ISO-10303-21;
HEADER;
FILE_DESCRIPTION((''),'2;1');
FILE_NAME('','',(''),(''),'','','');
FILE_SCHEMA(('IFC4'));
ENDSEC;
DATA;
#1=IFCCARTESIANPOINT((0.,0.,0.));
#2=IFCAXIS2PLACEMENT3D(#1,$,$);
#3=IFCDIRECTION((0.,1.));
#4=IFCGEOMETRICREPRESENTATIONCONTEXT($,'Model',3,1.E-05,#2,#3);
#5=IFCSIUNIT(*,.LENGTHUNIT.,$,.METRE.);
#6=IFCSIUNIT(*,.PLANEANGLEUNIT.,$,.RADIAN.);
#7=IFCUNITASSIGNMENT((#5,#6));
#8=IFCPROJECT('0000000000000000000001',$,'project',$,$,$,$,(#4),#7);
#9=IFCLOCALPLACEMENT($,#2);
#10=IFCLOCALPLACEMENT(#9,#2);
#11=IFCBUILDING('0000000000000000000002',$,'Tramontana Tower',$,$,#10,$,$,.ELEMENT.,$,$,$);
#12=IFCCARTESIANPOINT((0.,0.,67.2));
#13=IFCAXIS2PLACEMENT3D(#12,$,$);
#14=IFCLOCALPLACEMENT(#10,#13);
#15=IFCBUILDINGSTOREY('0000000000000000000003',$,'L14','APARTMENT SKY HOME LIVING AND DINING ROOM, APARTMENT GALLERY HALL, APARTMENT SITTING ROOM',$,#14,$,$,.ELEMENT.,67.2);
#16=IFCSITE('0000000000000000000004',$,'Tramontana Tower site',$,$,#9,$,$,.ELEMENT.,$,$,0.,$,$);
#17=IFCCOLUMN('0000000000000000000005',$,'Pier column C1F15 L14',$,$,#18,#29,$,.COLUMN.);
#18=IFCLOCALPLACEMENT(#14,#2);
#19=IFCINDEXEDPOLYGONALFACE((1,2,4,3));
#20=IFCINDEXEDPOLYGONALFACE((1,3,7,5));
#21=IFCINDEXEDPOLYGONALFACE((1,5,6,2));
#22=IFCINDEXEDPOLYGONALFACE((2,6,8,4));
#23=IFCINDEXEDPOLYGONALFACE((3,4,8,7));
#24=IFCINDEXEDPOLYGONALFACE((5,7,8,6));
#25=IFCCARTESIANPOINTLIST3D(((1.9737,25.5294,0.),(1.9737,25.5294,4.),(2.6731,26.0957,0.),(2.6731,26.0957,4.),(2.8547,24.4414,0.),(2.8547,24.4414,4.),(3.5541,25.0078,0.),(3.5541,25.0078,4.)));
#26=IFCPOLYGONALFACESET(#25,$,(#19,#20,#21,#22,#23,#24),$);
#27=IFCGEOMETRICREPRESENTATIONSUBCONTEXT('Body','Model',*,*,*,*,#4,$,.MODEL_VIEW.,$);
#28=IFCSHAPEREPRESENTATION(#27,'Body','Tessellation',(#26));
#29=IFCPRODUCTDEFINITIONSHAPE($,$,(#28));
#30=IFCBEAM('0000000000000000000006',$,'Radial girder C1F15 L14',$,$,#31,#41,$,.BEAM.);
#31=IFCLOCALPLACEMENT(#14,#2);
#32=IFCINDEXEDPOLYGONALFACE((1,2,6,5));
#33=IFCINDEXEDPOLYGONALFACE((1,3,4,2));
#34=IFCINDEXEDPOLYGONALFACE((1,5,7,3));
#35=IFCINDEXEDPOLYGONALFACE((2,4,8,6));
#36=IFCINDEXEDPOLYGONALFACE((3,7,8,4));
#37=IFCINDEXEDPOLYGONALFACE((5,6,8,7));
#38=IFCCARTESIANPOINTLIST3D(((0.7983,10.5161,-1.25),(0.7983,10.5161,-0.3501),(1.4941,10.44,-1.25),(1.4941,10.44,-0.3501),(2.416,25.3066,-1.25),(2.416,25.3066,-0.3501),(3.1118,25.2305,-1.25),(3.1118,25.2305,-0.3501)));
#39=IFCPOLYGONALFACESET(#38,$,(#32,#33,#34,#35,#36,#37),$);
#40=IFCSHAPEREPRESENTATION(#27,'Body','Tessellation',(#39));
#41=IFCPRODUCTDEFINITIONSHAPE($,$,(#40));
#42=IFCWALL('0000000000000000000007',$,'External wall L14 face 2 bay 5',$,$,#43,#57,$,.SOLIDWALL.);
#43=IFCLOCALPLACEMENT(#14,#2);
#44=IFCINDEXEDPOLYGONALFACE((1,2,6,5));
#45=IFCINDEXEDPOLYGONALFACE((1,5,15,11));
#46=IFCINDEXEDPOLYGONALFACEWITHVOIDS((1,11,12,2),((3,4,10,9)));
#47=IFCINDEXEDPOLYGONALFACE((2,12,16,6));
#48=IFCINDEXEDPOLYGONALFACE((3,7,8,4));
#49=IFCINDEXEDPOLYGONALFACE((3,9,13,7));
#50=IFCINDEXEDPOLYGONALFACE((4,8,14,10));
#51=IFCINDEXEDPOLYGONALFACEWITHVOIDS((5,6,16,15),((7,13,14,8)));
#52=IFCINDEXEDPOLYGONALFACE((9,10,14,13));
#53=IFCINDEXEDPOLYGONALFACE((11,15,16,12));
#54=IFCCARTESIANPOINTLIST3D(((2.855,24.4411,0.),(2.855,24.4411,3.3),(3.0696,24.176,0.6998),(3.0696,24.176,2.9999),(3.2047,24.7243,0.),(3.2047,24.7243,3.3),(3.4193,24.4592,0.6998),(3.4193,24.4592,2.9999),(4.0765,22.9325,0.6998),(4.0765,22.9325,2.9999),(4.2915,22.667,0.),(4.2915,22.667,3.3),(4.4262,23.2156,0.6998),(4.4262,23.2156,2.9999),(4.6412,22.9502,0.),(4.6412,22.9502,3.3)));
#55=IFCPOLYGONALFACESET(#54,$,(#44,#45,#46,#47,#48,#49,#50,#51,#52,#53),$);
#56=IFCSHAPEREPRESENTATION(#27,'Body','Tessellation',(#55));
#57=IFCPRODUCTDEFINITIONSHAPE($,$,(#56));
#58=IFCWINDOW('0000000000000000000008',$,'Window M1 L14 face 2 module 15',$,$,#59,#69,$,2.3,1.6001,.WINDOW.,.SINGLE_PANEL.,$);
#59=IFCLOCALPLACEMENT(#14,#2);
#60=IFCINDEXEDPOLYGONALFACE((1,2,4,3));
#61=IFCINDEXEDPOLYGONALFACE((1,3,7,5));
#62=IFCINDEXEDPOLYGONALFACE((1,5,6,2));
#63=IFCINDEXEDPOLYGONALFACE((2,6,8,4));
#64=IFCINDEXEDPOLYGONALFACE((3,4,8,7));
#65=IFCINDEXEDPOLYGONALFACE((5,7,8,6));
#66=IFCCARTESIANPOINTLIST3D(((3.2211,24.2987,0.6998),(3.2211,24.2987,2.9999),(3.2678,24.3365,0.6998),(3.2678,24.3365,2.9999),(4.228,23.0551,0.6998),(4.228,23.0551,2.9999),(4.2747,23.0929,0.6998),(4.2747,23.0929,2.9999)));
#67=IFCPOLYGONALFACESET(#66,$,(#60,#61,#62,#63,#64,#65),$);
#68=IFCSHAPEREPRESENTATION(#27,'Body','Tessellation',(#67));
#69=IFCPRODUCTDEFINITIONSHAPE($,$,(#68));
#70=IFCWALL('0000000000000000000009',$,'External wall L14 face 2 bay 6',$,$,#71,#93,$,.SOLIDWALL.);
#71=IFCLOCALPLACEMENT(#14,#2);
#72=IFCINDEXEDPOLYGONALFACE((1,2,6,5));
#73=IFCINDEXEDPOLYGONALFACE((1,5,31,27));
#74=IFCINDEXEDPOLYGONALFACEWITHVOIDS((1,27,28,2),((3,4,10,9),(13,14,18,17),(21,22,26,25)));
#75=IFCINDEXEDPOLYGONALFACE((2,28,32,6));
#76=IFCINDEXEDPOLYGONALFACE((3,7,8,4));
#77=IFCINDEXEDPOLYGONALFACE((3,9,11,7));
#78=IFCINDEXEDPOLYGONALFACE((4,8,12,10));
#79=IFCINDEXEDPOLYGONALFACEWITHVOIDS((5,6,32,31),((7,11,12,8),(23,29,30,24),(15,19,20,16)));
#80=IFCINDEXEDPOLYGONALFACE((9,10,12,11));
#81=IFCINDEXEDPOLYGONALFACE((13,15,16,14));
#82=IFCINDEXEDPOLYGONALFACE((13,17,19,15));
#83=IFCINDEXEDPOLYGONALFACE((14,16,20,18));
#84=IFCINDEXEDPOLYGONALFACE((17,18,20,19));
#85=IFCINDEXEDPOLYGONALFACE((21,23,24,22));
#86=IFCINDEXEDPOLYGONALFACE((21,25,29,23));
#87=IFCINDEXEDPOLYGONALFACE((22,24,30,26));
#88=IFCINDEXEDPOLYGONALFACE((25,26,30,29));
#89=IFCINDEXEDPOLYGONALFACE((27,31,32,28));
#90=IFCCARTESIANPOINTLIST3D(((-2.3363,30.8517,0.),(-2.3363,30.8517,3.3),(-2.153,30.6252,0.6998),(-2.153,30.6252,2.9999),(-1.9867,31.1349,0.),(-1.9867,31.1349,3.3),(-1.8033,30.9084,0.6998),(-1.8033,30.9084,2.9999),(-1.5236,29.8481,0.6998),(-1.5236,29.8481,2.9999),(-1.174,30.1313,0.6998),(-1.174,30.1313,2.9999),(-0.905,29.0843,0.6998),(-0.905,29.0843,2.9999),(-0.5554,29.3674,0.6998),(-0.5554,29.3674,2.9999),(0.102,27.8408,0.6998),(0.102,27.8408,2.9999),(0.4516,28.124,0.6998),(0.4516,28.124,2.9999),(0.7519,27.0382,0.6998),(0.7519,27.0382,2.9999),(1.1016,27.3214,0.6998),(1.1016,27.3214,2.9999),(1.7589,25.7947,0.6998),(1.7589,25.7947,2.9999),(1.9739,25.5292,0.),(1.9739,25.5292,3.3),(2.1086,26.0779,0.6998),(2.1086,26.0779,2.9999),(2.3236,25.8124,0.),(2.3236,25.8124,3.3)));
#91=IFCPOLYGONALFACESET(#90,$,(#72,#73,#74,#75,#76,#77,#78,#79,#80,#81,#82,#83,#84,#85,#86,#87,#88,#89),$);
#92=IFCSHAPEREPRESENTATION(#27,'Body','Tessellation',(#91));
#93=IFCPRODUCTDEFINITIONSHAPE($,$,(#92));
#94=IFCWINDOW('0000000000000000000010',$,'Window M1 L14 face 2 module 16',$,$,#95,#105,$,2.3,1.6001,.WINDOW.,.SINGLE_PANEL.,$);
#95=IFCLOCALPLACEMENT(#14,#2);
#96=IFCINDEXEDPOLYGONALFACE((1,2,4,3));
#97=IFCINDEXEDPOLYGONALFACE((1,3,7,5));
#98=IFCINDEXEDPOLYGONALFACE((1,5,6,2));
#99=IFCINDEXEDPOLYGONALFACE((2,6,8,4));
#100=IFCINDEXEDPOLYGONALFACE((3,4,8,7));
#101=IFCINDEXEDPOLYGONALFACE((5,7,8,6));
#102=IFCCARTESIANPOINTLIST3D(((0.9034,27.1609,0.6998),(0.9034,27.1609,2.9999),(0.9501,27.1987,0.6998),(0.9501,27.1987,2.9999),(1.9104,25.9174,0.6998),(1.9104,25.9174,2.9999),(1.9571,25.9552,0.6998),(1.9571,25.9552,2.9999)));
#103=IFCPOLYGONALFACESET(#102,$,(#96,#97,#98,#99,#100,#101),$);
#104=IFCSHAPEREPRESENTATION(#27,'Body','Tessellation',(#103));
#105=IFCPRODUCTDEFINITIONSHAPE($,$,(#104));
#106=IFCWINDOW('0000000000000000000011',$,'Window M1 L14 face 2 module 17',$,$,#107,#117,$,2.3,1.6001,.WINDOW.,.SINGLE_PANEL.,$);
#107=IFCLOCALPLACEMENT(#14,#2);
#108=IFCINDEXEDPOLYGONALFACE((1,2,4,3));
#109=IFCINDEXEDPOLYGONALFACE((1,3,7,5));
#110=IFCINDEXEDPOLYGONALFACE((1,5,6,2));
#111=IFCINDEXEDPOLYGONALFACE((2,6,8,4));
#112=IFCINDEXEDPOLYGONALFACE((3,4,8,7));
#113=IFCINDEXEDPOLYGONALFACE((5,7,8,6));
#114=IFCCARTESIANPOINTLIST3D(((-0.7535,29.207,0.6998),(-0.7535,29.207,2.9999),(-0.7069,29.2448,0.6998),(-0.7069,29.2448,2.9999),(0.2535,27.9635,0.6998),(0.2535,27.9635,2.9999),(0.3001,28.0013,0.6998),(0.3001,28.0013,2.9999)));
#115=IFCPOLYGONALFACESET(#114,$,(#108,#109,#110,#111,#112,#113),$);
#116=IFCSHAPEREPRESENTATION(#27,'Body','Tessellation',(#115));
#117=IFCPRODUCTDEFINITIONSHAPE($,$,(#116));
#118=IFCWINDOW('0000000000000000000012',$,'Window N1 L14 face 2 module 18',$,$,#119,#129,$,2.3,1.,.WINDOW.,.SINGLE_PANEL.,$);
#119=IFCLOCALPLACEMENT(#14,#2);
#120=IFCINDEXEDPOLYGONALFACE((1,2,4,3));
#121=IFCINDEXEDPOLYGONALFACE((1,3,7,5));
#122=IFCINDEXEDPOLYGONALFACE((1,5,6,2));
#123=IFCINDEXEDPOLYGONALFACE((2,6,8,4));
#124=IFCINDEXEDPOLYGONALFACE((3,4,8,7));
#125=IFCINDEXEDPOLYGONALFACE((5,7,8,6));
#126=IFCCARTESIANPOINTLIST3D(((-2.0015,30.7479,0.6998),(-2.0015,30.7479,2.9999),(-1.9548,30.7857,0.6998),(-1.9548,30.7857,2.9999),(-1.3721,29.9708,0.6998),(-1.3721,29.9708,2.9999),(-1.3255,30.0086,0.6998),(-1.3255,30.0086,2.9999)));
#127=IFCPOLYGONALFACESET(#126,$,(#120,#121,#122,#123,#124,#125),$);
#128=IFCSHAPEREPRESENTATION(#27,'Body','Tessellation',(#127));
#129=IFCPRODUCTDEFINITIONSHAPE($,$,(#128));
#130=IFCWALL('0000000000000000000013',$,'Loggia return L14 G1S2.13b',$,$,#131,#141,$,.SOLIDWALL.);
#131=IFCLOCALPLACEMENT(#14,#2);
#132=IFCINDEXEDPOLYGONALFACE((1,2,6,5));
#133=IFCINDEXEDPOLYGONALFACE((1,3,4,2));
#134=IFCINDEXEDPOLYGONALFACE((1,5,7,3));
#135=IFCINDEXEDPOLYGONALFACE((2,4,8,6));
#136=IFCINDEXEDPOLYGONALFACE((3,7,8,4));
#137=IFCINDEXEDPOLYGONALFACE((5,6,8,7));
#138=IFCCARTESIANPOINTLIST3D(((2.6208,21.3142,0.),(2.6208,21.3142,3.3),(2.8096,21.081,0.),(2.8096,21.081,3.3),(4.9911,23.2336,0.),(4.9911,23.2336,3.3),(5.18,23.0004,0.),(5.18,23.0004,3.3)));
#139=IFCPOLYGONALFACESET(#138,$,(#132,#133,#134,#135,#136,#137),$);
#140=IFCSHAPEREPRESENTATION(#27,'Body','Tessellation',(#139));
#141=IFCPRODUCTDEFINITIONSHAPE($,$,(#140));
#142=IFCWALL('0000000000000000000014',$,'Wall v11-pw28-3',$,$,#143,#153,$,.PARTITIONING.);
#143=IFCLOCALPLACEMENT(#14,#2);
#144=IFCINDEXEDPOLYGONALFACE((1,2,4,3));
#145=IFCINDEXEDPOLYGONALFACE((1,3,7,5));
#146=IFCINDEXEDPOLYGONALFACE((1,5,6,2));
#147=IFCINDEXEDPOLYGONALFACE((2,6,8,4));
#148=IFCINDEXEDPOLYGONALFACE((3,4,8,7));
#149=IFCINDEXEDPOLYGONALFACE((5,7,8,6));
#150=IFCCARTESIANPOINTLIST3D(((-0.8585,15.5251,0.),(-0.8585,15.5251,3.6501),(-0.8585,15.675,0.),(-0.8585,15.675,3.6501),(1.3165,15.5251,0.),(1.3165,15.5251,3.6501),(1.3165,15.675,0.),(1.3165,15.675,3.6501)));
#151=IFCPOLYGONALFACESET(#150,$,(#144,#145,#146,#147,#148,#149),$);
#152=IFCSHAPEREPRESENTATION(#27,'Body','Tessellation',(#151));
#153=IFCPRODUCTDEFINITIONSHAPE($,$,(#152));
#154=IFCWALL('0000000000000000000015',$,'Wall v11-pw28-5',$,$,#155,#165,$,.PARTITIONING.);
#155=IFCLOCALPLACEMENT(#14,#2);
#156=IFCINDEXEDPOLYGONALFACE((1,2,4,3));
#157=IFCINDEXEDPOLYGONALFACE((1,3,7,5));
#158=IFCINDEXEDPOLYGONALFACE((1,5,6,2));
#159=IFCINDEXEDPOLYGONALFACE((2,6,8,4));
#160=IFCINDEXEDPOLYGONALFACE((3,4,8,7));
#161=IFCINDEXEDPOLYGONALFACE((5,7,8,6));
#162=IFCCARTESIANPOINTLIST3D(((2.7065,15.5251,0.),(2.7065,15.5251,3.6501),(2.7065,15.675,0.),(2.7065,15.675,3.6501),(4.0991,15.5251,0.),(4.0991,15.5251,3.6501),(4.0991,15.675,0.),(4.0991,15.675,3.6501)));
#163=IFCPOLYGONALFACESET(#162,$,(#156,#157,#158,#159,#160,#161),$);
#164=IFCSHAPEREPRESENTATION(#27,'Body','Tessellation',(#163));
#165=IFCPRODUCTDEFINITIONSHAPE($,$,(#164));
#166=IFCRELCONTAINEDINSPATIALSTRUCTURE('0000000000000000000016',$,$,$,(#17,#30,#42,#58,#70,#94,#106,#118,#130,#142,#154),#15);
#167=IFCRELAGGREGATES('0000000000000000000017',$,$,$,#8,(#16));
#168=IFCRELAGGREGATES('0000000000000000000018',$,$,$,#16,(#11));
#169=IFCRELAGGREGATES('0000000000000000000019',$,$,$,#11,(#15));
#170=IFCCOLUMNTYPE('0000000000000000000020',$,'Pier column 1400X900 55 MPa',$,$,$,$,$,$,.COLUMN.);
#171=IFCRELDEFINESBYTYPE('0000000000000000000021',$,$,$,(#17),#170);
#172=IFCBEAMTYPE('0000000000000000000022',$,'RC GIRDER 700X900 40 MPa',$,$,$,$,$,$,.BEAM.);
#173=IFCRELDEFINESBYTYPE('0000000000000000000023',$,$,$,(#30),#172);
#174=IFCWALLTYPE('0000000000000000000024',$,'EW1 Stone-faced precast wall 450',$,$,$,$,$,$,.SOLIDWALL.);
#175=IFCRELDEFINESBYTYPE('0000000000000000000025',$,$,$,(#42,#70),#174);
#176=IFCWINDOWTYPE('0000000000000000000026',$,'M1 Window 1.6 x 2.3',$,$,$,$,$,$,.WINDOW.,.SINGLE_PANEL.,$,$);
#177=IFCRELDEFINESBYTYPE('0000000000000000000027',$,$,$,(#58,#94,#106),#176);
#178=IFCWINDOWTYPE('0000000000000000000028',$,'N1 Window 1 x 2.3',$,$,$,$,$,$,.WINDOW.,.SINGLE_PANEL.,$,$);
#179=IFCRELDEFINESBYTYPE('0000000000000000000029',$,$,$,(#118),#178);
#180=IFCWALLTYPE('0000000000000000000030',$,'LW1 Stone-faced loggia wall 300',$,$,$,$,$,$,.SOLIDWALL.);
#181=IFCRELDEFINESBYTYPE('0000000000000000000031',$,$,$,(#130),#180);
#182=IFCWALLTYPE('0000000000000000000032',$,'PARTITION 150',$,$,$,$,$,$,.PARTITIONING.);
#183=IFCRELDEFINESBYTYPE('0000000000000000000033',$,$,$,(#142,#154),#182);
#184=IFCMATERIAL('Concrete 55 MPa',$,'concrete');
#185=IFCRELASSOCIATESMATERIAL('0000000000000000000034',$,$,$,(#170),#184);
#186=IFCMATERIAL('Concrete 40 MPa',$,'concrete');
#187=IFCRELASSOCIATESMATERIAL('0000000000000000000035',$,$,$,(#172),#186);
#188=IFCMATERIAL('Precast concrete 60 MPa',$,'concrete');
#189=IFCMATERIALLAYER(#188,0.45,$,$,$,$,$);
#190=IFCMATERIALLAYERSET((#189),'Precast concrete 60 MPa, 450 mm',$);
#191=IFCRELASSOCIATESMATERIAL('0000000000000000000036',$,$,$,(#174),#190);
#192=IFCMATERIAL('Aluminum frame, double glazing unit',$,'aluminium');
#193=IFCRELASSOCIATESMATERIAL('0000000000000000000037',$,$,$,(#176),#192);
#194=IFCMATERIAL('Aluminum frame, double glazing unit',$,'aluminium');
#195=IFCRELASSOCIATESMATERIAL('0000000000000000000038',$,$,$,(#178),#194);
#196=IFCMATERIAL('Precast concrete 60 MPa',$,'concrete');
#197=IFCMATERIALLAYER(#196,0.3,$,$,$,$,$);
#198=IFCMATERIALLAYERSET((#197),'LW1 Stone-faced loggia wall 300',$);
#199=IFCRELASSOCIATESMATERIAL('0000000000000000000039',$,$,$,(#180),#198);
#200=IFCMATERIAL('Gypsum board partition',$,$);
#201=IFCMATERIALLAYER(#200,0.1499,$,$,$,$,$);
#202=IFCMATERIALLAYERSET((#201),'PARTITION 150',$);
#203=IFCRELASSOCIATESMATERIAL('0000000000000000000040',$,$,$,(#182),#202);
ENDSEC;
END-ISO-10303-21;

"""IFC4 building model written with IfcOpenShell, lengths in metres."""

from ifc_helpers import new_model, si_unit, direction, frame, frame_2d, origin, origin_2d, place, context, subcontext, project, spatial, rectangle, extrude, material, layer, layer_set, material_profile, profile_set, type_object, element, fill, save


model = new_model("IFC4")

# Units and contexts
model_context = context("Model", 3, precision=1e-05, world=origin(), true_north=direction((0.0, 1.0)))
body_context = subcontext(model_context, "Body", "Model", "MODEL_VIEW")
ifc_project = project(units=[si_unit("LENGTHUNIT", "METRE"), si_unit("PLANEANGLEUNIT", "RADIAN")], contexts=[model_context])

# Site, building, storey
site_placement = place(None, origin())
site = spatial("IfcSite", under=ifc_project, at=site_placement, Name="Tramontana Tower site", CompositionType="ELEMENT", RefElevation=0.0)
building_placement = place(site_placement, origin())
building = spatial("IfcBuilding", under=site, at=building_placement, Name="Tramontana Tower", CompositionType="ELEMENT")
storey_placement = place(building_placement, frame((0.0, 0.0, 67.2)))
storey = spatial("IfcBuildingStorey", under=building, at=storey_placement, Name="L14", Description="APARTMENT SKY HOME LIVING AND DINING ROOM, APARTMENT GALLERY HALL, APARTMENT SITTING ROOM", CompositionType="ELEMENT", Elevation=67.2)

# Column
ifc_material_1 = material(Name="Concrete 55 MPa", Category="concrete")
ifc_material_profile_1 = material_profile(ifc_material_1, rectangle(XDim=1.3999, YDim=0.8999, at=origin_2d()), Name="Pier column 1400X900 55 MPa")
ifc_profile_set_1 = profile_set([ifc_material_profile_1], Name="Concrete 55 MPa")
column_type = type_object("IfcColumnType", Name="Pier column 1400X900 55 MPa", PredefinedType="COLUMN", material=ifc_profile_set_1)
column_placement = place(storey_placement, frame((2.7639, 25.2686, 0.0), z_axis=(0.0, 0.0, 1.0), x_axis=(-0.62932, 0.777146, 0.0)))
element("IfcColumn", 1, at=column_placement, inside=storey, type_object=column_type, Name="Pier column C1F15 L14", PredefinedType="COLUMN", context=body_context, shape_type="SweptSolid", body=[
    extrude(rectangle(XDim=1.3999, YDim=0.8999, at=origin_2d()), origin(), (0.0, 0.0, 1.0), 4.0),
])

# Beam
ifc_material_2 = material(Name="Concrete 40 MPa", Category="concrete")
ifc_material_profile_2 = material_profile(ifc_material_2, rectangle(XDim=0.7, YDim=0.8999, at=origin_2d()), Name="RC GIRDER 700X900 40 MPa")
ifc_profile_set_2 = profile_set([ifc_material_profile_2], Name="Concrete 40 MPa")
beam_type = type_object("IfcBeamType", Name="RC GIRDER 700X900 40 MPa", PredefinedType="BEAM", material=ifc_profile_set_2)
beam_placement = place(storey_placement, frame((2.7639, 25.2686, -0.8), z_axis=(-0.108724, -0.994072, 0.0), x_axis=(0.994072, -0.108724, 0.0)))
element("IfcBeam", 2, at=beam_placement, inside=storey, type_object=beam_type, Name="Radial girder C1F15 L14", PredefinedType="BEAM", context=body_context, shape_type="SweptSolid", body=[
    extrude(rectangle(XDim=0.7, YDim=0.8999, at=origin_2d()), origin(), (0.0, 0.0, 1.0), 14.8787),
])

# Wall, opening, window
ifc_material_3 = material(Name="Precast concrete 60 MPa", Category="concrete")
ifc_layer_1 = layer(ifc_material_3, 0.45)
ifc_layer_set_1 = layer_set([ifc_layer_1], Name="Precast concrete 60 MPa, 450 mm")
wall_type_1 = type_object("IfcWallType", Name="EW1 Stone-faced precast wall 450", PredefinedType="SOLIDWALL", material=ifc_layer_set_1)
wall_1_placement = place(storey_placement, frame((4.4663, 22.8086, 0.0), z_axis=(0.0, 0.0, 1.0), x_axis=(-0.629275, 0.777183, 0.0)))
wall_1 = element("IfcWall", 3, at=wall_1_placement, inside=storey, type_object=wall_type_1, Name="External wall L14 face 2 bay 5", PredefinedType="SOLIDWALL", context=body_context, shape_type="SweptSolid", body=[
    extrude(rectangle(XDim=2.2827, YDim=0.45, at=frame_2d((1.1414, 0.0))), origin(), (0.0, 0.0, 1.0), 3.3),
])
opening_1_placement = place(wall_1_placement, frame((0.3416, 0.0, 0.7)))
opening_1 = element("IfcOpeningElement", 4, at=opening_1_placement, cuts=wall_1, PredefinedType="OPENING", context=body_context, shape_type="SweptSolid", body=[
    extrude(rectangle(XDim=1.6001, YDim=2.3, at=frame_2d((0.8, 1.1499))), frame((0.0, 0.2349, 0.0), z_axis=(0.0, -1.0, 0.0), x_axis=(1.0, 0.0, 0.0)), (0.0, 0.0, 1.0), 0.47),
])
ifc_material_4 = material(Name="Aluminum frame, double glazing unit", Category="aluminium")
window_type_1 = type_object("IfcWindowType", Name="M1 Window 1.6 x 2.3", PartitioningType="SINGLE_PANEL", PredefinedType="WINDOW", material=ifc_material_4)
window_1_placement = place(opening_1_placement, origin())
window_1 = element("IfcWindow", 5, at=window_1_placement, inside=storey, type_object=window_type_1, Name="Window M1 L14 face 2 module 15", OverallHeight=2.3, OverallWidth=1.6001, PartitioningType="SINGLE_PANEL", PredefinedType="WINDOW", context=body_context, shape_type="SweptSolid", body=[
    extrude(rectangle(XDim=1.6001, YDim=2.3, at=frame_2d((0.8, 1.1499))), frame((0.0, 0.03, 0.0), z_axis=(0.0, -1.0, 0.0), x_axis=(1.0, 0.0, 0.0)), (0.0, 0.0, 1.0), 0.0601),
])
fill(opening_1, window_1)

# Wall, openings, windows
wall_2_placement = place(storey_placement, frame((2.1487, 25.6709, 0.0), z_axis=(0.0, 0.0, 1.0), x_axis=(-0.62934, 0.77713, 0.0)))
wall_2 = element("IfcWall", 6, at=wall_2_placement, inside=storey, type_object=wall_type_1, Name="External wall L14 face 2 bay 6", PredefinedType="SOLIDWALL", context=body_context, shape_type="SweptSolid", body=[
    extrude(rectangle(XDim=6.8489, YDim=0.45, at=frame_2d((3.4243, 0.0))), origin(), (0.0, 0.0, 1.0), 3.3),
])
opening_2_placement = place(wall_2_placement, frame((0.3416, 0.0, 0.7)))
opening_2 = element("IfcOpeningElement", 7, at=opening_2_placement, cuts=wall_2, PredefinedType="OPENING", context=body_context, shape_type="SweptSolid", body=[
    extrude(rectangle(XDim=1.6001, YDim=2.3, at=frame_2d((0.8, 1.1499))), frame((0.0, 0.2349, 0.0), z_axis=(0.0, -1.0, 0.0), x_axis=(1.0, 0.0, 0.0)), (0.0, 0.0, 1.0), 0.47),
])
opening_3_placement = place(wall_2_placement, frame((2.9744, 0.0, 0.7)))
opening_3 = element("IfcOpeningElement", 8, at=opening_3_placement, cuts=wall_2, PredefinedType="OPENING", context=body_context, shape_type="SweptSolid", body=[
    extrude(rectangle(XDim=1.6001, YDim=2.3, at=frame_2d((0.8, 1.1499))), frame((0.0, 0.2349, 0.0), z_axis=(0.0, -1.0, 0.0), x_axis=(1.0, 0.0, 0.0)), (0.0, 0.0, 1.0), 0.47),
])
opening_4_placement = place(wall_2_placement, frame((5.5574, 0.0, 0.7)))
opening_4 = element("IfcOpeningElement", 9, at=opening_4_placement, cuts=wall_2, PredefinedType="OPENING", context=body_context, shape_type="SweptSolid", body=[
    extrude(rectangle(XDim=1.0, YDim=2.3, at=frame_2d((0.5, 1.1499))), frame((0.0, 0.2349, 0.0), z_axis=(0.0, -1.0, 0.0), x_axis=(1.0, 0.0, 0.0)), (0.0, 0.0, 1.0), 0.47),
])
window_2_placement = place(opening_2_placement, origin())
window_2 = element("IfcWindow", 10, at=window_2_placement, inside=storey, type_object=window_type_1, Name="Window M1 L14 face 2 module 16", OverallHeight=2.3, OverallWidth=1.6001, PartitioningType="SINGLE_PANEL", PredefinedType="WINDOW", context=body_context, shape_type="SweptSolid", body=[
    extrude(rectangle(XDim=1.6001, YDim=2.3, at=frame_2d((0.8, 1.1499))), frame((0.0, 0.03, 0.0), z_axis=(0.0, -1.0, 0.0), x_axis=(1.0, 0.0, 0.0)), (0.0, 0.0, 1.0), 0.0601),
])
fill(opening_2, window_2)
window_3_placement = place(opening_3_placement, origin())
window_3 = element("IfcWindow", 11, at=window_3_placement, inside=storey, type_object=window_type_1, Name="Window M1 L14 face 2 module 17", OverallHeight=2.3, OverallWidth=1.6001, PartitioningType="SINGLE_PANEL", PredefinedType="WINDOW", context=body_context, shape_type="SweptSolid", body=[
    extrude(rectangle(XDim=1.6001, YDim=2.3, at=frame_2d((0.8, 1.1499))), frame((0.0, 0.03, 0.0), z_axis=(0.0, -1.0, 0.0), x_axis=(1.0, 0.0, 0.0)), (0.0, 0.0, 1.0), 0.0601),
])
fill(opening_3, window_3)
ifc_material_5 = material(Name="Aluminum frame, double glazing unit", Category="aluminium")
window_type_2 = type_object("IfcWindowType", Name="N1 Window 1 x 2.3", PartitioningType="SINGLE_PANEL", PredefinedType="WINDOW", material=ifc_material_5)
window_4_placement = place(opening_4_placement, origin())
window_4 = element("IfcWindow", 12, at=window_4_placement, inside=storey, type_object=window_type_2, Name="Window N1 L14 face 2 module 18", OverallHeight=2.3, OverallWidth=1.0, PartitioningType="SINGLE_PANEL", PredefinedType="WINDOW", context=body_context, shape_type="SweptSolid", body=[
    extrude(rectangle(XDim=1.0, YDim=2.3, at=frame_2d((0.5, 1.1499))), frame((0.0, 0.03, 0.0), z_axis=(0.0, -1.0, 0.0), x_axis=(1.0, 0.0, 0.0)), (0.0, 0.0, 1.0), 0.0601),
])
fill(opening_4, window_4)

# Shared definitions
ifc_material_6 = material(Name="Precast concrete 60 MPa", Category="concrete")
ifc_layer_2 = layer(ifc_material_6, 0.3)
ifc_layer_set_2 = layer_set([ifc_layer_2], Name="LW1 Stone-faced loggia wall 300")
wall_type_2 = type_object("IfcWallType", Name="LW1 Stone-faced loggia wall 300", PredefinedType="SOLIDWALL", material=ifc_layer_set_2)

# Walls
wall_3_placement = place(storey_placement, frame((5.0854, 23.1169, 0.0), z_axis=(0.0, 0.0, 1.0), x_axis=(-0.777154, -0.629311, 0.0)))
element("IfcWall", 13, at=wall_3_placement, inside=storey, type_object=wall_type_2, Name="Loggia return L14 G1S2.13b", PredefinedType="SOLIDWALL", context=body_context, shape_type="SweptSolid", body=[
    extrude(rectangle(XDim=3.05, YDim=0.3, at=frame_2d((1.5249, 0.0))), origin(), (0.0, 0.0, 1.0), 3.3),
])
ifc_material_7 = material(Name="Gypsum board partition")
ifc_layer_3 = layer(ifc_material_7, 0.1499)
ifc_layer_set_3 = layer_set([ifc_layer_3], Name="PARTITION 150")
wall_type_3 = type_object("IfcWallType", Name="PARTITION 150", PredefinedType="PARTITIONING", material=ifc_layer_set_3)
wall_4_placement = place(storey_placement, frame((-0.8584, 15.6001, 0.0), z_axis=(0.0, 0.0, 1.0), x_axis=(1.0, 0.0, 0.0)))
element("IfcWall", 14, at=wall_4_placement, inside=storey, type_object=wall_type_3, Name="Wall v11-pw28-3", PredefinedType="PARTITIONING", context=body_context, shape_type="SweptSolid", body=[
    extrude(rectangle(XDim=2.175, YDim=0.1499, at=frame_2d((1.0874, 0.0))), origin(), (0.0, 0.0, 1.0), 3.6501),
])

# Wall
wall_5_placement = place(storey_placement, frame((2.7065, 15.6001, 0.0), z_axis=(0.0, 0.0, 1.0), x_axis=(1.0, 0.0, 0.0)))
element("IfcWall", 15, at=wall_5_placement, inside=storey, type_object=wall_type_3, Name="Wall v11-pw28-5", PredefinedType="PARTITIONING", context=body_context, shape_type="SweptSolid", body=[
    extrude(rectangle(XDim=1.3926, YDim=0.1499, at=frame_2d((0.6963, 0.0))), origin(), (0.0, 0.0, 1.0), 3.6501),
])

save(model, "model.ifc")
